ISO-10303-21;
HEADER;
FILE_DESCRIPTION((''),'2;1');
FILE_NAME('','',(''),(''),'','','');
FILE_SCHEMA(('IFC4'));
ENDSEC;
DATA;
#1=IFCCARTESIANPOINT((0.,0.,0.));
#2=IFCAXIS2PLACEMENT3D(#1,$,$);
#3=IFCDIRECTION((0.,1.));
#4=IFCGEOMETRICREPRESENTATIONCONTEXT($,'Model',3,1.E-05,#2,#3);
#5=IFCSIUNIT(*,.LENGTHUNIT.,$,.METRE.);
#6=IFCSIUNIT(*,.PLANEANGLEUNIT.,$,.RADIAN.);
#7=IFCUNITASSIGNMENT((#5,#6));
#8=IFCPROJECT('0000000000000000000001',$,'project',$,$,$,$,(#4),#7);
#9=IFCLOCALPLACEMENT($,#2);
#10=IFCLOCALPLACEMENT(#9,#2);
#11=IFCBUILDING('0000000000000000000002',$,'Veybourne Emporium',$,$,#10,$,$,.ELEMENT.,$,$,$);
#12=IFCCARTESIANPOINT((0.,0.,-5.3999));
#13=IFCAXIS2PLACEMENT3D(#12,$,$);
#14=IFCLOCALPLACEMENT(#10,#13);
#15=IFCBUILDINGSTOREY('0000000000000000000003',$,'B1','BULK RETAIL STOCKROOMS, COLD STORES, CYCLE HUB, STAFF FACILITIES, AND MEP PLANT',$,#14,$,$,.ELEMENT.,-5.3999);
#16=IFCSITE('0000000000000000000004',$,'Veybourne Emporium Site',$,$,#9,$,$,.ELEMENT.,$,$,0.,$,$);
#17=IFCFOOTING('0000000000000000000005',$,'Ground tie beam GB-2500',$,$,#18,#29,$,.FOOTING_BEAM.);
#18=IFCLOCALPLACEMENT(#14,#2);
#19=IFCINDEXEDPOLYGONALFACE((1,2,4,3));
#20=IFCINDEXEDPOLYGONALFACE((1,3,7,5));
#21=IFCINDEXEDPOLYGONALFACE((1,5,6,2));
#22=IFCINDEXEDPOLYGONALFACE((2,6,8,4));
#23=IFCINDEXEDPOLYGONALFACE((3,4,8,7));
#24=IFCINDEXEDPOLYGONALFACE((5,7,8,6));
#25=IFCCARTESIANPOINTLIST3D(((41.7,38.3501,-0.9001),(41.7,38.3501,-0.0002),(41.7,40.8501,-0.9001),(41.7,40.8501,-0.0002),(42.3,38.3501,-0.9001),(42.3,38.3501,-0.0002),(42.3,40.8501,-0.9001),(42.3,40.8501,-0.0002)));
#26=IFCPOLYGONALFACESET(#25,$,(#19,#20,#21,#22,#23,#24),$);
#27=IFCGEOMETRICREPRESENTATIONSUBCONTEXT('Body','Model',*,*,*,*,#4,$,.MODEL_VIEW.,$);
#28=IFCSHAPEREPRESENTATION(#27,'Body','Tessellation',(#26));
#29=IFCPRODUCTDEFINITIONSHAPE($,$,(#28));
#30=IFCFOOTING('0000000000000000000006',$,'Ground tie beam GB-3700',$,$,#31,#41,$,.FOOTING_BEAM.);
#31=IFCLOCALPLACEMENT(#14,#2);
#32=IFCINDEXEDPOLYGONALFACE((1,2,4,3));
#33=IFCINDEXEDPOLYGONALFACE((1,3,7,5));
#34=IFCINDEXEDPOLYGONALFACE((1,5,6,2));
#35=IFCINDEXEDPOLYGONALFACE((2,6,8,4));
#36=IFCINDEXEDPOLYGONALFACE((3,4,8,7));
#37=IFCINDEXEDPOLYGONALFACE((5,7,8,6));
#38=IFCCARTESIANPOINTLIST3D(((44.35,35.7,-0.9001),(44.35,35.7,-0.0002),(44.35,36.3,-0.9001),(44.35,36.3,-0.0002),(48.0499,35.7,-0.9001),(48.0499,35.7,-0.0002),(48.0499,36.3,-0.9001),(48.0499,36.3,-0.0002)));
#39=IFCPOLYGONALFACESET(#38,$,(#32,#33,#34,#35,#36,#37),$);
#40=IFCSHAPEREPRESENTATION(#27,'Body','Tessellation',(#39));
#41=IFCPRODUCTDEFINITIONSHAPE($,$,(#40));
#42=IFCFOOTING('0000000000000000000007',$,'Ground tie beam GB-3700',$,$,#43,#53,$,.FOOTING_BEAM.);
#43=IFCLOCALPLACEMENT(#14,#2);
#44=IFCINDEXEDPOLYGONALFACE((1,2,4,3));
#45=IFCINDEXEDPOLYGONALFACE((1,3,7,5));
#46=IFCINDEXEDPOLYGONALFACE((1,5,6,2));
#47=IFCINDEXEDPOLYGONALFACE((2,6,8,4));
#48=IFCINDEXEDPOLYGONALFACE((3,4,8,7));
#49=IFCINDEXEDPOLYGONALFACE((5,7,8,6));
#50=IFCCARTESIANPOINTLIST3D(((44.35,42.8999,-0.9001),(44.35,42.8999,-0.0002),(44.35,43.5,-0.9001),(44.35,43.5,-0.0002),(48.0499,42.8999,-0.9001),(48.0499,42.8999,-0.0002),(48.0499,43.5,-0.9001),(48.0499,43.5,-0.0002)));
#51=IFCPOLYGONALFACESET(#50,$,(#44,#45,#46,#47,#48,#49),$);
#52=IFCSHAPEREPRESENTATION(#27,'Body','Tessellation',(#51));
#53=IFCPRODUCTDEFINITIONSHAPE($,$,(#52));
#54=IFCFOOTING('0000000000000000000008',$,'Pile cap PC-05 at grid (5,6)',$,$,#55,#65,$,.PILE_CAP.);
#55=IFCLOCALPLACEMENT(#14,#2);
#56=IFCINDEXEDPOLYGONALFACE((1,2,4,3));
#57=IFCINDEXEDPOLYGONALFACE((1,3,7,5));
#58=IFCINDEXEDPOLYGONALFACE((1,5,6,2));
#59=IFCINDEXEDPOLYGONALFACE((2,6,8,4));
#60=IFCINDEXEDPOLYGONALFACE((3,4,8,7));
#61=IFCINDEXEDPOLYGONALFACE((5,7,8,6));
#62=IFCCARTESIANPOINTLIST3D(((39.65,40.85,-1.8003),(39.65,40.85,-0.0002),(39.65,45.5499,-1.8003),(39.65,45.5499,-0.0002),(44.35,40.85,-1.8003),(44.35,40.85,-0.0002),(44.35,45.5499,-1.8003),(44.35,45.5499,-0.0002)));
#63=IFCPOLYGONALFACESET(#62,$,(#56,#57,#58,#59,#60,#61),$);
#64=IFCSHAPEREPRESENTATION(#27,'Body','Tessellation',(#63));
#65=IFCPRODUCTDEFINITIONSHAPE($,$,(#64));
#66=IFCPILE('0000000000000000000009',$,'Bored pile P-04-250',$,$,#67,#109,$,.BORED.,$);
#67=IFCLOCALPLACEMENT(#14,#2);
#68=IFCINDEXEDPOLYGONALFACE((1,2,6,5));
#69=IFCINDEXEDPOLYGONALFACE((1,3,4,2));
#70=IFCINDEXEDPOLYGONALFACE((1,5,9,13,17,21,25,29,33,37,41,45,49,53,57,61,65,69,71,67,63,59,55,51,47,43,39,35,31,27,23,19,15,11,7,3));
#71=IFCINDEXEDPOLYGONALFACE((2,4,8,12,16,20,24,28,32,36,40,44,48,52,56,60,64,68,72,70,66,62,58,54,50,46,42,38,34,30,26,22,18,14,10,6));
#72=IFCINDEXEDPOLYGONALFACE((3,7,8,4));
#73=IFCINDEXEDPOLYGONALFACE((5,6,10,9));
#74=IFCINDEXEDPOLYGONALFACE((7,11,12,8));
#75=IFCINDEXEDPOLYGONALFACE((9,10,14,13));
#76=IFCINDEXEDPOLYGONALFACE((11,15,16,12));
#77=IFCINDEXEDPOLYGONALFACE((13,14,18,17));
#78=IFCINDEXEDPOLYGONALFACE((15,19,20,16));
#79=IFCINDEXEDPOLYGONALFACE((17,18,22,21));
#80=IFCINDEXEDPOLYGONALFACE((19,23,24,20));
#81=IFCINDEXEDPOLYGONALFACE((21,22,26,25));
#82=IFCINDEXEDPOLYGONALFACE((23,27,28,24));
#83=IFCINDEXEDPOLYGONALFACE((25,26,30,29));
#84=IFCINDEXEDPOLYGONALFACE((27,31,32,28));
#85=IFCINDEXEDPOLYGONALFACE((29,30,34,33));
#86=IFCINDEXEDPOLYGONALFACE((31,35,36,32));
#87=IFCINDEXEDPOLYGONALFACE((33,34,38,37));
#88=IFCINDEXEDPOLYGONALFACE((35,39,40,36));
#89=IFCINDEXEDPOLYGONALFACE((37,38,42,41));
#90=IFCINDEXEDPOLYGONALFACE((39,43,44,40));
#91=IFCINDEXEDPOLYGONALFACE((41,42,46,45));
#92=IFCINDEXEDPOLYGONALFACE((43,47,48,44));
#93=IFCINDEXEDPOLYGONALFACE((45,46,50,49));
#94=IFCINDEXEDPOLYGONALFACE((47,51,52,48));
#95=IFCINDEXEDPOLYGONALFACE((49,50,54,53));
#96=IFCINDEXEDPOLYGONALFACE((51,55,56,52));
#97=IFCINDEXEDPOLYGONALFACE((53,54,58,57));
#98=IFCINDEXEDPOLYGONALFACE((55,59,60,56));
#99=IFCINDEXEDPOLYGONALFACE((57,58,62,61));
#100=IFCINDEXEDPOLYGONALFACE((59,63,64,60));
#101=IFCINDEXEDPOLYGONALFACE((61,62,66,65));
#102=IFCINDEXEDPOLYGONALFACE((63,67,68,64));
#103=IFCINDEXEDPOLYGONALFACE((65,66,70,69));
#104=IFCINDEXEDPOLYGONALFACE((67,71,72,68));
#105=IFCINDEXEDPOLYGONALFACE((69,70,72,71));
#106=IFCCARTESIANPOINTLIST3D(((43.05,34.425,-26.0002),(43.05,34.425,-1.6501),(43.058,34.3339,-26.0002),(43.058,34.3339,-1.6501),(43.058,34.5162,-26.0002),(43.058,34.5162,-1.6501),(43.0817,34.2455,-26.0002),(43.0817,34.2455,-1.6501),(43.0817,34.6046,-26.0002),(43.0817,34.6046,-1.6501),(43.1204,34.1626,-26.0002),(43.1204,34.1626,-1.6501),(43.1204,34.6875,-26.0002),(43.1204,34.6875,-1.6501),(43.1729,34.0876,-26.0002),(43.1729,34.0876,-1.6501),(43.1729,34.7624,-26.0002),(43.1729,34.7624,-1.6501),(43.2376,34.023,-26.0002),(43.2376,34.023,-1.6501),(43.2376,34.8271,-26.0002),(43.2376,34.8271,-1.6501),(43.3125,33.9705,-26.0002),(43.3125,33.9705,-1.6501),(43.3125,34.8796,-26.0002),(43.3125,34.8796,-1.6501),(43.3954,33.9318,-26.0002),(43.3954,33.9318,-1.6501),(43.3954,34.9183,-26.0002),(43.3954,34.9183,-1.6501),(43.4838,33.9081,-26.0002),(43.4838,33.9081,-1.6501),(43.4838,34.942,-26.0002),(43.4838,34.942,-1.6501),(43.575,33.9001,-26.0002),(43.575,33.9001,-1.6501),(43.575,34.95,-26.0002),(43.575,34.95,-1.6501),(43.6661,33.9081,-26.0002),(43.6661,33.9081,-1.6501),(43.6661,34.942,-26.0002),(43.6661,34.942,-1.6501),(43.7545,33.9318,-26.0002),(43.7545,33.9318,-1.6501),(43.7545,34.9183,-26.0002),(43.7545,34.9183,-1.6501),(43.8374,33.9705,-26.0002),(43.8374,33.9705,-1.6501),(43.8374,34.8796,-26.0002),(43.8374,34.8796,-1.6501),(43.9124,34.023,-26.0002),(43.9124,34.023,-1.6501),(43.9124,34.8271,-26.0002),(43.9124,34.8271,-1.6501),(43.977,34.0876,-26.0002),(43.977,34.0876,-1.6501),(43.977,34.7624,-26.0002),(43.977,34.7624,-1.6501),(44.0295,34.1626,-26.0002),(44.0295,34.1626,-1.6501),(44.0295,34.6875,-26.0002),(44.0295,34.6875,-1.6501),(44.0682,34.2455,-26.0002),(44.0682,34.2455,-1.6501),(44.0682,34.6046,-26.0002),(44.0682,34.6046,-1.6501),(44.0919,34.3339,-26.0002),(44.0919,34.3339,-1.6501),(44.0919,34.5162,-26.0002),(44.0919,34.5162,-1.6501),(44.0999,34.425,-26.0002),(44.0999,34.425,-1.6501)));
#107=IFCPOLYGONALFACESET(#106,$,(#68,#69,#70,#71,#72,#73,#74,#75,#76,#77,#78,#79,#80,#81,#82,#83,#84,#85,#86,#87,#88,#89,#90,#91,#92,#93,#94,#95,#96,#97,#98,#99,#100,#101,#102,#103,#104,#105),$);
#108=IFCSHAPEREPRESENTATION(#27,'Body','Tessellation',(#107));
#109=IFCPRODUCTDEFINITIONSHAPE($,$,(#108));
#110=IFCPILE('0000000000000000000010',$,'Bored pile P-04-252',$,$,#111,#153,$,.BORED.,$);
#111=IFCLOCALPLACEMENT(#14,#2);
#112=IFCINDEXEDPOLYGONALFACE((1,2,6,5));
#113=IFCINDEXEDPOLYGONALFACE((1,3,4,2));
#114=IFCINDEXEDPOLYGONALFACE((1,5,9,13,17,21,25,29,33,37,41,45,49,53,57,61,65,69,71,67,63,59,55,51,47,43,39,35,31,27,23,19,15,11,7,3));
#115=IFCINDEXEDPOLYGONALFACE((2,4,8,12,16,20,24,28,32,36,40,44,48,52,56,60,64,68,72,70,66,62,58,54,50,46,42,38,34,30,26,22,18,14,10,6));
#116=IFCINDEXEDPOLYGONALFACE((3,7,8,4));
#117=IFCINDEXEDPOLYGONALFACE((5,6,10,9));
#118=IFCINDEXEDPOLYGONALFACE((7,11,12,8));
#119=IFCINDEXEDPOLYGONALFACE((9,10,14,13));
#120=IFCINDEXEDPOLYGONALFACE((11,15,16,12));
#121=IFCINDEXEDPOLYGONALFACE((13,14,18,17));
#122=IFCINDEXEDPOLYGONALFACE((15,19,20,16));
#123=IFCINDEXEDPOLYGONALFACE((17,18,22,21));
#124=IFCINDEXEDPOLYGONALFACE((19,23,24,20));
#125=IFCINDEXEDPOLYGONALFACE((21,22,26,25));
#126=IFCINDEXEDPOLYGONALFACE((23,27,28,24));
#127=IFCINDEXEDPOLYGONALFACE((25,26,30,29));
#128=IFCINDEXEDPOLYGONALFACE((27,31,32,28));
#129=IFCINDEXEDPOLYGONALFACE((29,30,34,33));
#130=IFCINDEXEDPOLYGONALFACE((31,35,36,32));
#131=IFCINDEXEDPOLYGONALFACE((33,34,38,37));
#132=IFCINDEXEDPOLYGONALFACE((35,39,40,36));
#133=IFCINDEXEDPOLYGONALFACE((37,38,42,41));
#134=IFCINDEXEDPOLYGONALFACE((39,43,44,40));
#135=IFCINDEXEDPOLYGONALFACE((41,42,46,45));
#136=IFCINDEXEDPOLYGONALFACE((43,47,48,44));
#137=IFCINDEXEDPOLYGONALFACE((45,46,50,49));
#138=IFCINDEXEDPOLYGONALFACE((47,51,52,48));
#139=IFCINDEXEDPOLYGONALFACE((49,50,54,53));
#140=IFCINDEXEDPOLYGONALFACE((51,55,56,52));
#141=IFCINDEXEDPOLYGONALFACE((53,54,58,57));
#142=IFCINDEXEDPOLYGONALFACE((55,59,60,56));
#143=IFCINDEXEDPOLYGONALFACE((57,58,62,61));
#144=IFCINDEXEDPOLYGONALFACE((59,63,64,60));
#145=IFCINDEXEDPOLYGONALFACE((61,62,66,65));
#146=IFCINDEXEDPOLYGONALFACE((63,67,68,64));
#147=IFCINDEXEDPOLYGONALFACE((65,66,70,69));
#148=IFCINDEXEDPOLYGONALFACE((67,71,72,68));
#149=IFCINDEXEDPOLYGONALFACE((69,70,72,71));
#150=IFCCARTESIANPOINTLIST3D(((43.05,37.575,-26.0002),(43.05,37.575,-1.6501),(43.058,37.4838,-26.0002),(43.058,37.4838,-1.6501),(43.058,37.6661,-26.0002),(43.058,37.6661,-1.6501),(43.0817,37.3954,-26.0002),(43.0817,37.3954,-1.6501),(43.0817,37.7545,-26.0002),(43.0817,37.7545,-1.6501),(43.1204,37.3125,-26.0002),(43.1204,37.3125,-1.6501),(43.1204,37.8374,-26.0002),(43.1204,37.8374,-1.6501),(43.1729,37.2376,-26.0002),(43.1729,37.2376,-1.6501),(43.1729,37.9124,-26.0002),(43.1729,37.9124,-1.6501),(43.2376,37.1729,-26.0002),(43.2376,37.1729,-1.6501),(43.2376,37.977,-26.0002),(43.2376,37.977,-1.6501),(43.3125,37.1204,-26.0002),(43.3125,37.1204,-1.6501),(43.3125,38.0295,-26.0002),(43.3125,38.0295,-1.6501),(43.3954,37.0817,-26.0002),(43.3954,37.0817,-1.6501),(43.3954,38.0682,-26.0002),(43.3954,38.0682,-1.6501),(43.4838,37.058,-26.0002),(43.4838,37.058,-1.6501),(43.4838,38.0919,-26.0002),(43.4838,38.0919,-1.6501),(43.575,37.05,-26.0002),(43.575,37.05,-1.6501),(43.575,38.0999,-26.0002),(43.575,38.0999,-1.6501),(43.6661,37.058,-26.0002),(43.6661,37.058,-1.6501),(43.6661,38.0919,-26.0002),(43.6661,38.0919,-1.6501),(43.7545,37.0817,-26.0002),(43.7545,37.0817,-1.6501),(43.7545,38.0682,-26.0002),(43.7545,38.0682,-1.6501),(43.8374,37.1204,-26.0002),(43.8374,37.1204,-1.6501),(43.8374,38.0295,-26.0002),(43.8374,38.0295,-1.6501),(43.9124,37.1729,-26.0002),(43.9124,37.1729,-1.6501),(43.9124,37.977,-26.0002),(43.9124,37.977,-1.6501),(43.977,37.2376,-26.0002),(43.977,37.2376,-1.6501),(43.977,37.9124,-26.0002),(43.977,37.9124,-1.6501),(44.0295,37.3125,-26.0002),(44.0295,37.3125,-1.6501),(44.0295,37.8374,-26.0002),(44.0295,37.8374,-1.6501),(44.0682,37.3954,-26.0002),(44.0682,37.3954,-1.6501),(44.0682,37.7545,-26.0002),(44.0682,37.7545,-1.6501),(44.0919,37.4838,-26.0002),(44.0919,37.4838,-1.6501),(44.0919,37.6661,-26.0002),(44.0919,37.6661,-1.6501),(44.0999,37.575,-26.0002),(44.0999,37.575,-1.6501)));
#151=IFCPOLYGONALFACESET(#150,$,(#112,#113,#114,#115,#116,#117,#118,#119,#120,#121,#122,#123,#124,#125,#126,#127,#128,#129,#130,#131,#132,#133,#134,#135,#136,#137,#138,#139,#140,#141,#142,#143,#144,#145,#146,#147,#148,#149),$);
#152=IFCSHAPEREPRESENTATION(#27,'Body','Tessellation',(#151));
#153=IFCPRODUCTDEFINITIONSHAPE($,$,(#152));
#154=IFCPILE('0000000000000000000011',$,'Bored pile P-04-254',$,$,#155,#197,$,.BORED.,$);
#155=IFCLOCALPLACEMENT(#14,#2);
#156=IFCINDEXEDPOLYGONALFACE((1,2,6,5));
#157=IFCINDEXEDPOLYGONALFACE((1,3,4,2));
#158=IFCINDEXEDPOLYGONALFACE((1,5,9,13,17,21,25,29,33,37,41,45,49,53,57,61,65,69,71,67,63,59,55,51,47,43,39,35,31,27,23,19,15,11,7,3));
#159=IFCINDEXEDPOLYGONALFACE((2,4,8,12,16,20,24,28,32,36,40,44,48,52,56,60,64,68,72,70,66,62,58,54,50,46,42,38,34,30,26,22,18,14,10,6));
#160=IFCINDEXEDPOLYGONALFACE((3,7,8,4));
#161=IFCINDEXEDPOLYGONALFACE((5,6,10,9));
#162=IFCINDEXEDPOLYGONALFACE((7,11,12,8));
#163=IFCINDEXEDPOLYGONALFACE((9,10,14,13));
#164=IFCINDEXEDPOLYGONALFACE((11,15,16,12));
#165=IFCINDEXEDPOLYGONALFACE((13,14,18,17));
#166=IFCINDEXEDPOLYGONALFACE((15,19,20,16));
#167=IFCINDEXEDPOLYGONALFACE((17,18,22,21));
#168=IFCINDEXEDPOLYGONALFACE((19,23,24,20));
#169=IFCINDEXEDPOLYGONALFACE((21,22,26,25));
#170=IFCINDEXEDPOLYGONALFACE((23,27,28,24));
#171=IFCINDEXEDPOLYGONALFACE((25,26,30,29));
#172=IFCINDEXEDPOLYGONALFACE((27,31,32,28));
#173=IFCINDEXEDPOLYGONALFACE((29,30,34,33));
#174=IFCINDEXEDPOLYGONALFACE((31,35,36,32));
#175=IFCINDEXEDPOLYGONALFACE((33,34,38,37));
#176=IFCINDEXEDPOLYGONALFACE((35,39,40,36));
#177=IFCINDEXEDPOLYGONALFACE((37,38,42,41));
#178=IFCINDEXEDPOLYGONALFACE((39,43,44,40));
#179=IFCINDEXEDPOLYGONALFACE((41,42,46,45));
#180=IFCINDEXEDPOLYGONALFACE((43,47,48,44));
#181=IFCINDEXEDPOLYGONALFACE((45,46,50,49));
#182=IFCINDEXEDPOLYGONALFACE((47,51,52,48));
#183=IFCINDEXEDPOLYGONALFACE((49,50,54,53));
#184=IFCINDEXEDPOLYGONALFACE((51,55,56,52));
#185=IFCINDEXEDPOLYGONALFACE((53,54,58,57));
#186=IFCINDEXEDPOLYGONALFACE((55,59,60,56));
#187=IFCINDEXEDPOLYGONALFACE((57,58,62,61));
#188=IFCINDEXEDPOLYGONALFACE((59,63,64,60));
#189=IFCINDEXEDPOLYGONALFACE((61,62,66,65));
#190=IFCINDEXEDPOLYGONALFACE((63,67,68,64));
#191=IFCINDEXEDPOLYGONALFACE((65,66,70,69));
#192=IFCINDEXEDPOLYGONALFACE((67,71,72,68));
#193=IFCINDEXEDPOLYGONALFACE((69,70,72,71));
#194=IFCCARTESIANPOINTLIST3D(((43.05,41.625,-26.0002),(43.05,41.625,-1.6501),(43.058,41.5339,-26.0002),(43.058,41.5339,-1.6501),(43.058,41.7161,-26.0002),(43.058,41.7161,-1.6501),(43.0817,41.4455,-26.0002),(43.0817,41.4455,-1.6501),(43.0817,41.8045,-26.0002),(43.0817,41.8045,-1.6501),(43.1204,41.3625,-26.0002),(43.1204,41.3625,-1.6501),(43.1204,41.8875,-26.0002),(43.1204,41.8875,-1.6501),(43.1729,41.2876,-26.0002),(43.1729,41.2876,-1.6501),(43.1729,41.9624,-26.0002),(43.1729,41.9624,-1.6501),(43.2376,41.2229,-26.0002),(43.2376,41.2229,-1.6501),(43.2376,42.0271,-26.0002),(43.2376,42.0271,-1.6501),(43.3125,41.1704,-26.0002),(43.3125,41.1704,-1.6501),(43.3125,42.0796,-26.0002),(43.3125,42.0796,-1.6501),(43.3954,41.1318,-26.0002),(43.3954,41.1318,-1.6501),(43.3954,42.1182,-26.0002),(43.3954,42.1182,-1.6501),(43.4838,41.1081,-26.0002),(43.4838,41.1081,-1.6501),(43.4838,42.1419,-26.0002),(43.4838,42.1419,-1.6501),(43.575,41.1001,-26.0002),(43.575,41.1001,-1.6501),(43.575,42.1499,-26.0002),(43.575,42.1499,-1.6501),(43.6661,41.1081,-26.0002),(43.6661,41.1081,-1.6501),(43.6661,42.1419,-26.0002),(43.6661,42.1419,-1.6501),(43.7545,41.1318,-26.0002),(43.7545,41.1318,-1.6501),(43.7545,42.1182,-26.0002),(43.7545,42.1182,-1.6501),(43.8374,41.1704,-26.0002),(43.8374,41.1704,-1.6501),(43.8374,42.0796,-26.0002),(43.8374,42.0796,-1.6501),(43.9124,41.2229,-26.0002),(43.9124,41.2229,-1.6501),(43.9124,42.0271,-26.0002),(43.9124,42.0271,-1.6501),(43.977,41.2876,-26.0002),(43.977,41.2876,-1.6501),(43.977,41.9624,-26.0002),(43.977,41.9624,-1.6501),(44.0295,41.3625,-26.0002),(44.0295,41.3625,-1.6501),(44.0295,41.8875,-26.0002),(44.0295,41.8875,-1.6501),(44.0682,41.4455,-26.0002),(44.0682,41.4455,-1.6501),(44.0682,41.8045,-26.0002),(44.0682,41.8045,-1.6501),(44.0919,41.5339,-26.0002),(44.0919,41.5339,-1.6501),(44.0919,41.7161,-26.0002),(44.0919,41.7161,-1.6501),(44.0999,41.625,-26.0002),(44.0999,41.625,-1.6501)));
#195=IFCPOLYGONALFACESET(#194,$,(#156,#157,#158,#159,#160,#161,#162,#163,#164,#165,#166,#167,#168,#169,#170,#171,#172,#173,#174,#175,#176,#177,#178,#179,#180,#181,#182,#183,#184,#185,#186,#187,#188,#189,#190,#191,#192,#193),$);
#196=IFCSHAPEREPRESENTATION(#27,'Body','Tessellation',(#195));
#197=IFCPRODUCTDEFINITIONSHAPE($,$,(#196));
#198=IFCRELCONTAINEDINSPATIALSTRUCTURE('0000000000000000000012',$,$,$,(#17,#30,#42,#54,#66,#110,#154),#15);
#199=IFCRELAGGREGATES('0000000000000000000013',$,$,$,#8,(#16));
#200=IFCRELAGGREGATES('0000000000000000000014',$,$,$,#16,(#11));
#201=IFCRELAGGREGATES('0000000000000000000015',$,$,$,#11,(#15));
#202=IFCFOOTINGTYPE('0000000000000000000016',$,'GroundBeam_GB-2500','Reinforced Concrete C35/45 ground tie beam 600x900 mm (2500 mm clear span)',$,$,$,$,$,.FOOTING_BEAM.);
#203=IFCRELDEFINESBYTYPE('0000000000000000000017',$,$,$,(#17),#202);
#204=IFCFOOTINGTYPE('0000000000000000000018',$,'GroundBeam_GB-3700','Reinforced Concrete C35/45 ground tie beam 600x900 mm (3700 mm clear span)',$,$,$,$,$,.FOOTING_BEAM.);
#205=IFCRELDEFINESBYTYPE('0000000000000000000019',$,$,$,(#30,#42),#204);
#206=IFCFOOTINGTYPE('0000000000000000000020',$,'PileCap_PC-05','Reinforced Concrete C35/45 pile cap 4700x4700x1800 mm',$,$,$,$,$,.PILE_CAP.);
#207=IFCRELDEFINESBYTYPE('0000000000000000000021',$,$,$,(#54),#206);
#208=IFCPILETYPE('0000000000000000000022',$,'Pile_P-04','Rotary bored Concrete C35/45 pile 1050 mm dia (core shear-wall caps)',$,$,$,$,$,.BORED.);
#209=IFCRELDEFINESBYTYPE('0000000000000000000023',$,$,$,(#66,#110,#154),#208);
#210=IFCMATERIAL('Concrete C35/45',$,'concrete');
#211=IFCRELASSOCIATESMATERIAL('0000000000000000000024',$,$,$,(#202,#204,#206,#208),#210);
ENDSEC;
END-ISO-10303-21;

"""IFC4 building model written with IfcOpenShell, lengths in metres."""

from ifc_helpers import new_model, si_unit, direction, frame, origin, origin_2d, place, context, subcontext, project, spatial, rectangle, circle, extrude, material, material_profile, profile_set, type_object, element, save


model = new_model("IFC4")

# Units and contexts
model_context = context("Model", 3, precision=1e-05, world=origin(), true_north=direction((0.0, 1.0)))
body_context = subcontext(model_context, "Body", "Model", "MODEL_VIEW")
ifc_project = project(units=[si_unit("LENGTHUNIT", "METRE"), si_unit("PLANEANGLEUNIT", "RADIAN")], contexts=[model_context])

# Site, building, storey
site_placement = place(None, origin())
site = spatial("IfcSite", under=ifc_project, at=site_placement, Name="Veybourne Emporium Site", CompositionType="ELEMENT", RefElevation=0.0)
building_placement = place(site_placement, origin())
building = spatial("IfcBuilding", under=site, at=building_placement, Name="Veybourne Emporium", CompositionType="ELEMENT")
storey_placement = place(building_placement, frame((0.0, 0.0, -5.3999)))
storey = spatial("IfcBuildingStorey", under=building, at=storey_placement, Name="B1", Description="BULK RETAIL STOCKROOMS, COLD STORES, CYCLE HUB, STAFF FACILITIES, AND MEP PLANT", CompositionType="ELEMENT", Elevation=-5.3999)

# Footings
ifc_material_1 = material(Name="Concrete C35/45", Category="concrete")
footing_type_1 = type_object("IfcFootingType", Name="GroundBeam_GB-2500", Description="Reinforced Concrete C35/45 ground tie beam 600x900 mm (2500 mm clear span)", PredefinedType="FOOTING_BEAM", material=ifc_material_1)
footing_1_placement = place(storey_placement, frame((42.0, 39.6001, -0.9001), z_axis=(0.0, 0.0, 1.0), x_axis=(0.0, 1.0, 0.0)))
element("IfcFooting", 1, at=footing_1_placement, inside=storey, type_object=footing_type_1, Name="Ground tie beam GB-2500", PredefinedType="FOOTING_BEAM", context=body_context, shape_type="SweptSolid", body=[
    extrude(rectangle(XDim=2.5, YDim=0.6001, at=origin_2d()), origin(), (0.0, 0.0, 1.0), 0.8999),
])
footing_type_2 = type_object("IfcFootingType", Name="GroundBeam_GB-3700", Description="Reinforced Concrete C35/45 ground tie beam 600x900 mm (3700 mm clear span)", PredefinedType="FOOTING_BEAM", material=ifc_material_1)
for number, where, z_axis, x_axis, name in (
    (2, (46.2, 36.0, -0.9001), (0.0, 0.0, 1.0), (1.0, 0.0, 0.0), "Ground tie beam GB-3700"),
    (3, (46.2, 43.2, -0.9001), (0.0, 0.0, 1.0), (1.0, 0.0, 0.0), "Ground tie beam GB-3700"),
):
    element("IfcFooting", number, at=place(storey_placement, frame(where, z_axis=z_axis, x_axis=x_axis)), inside=storey, type_object=footing_type_2, Name=name, PredefinedType="FOOTING_BEAM", context=body_context, shape_type="SweptSolid", body=[
        extrude(rectangle(XDim=3.7, YDim=0.6001, at=origin_2d()), origin(), (0.0, 0.0, 1.0), 0.8999),
    ])
footing_type_3 = type_object("IfcFootingType", Name="PileCap_PC-05", Description="Reinforced Concrete C35/45 pile cap 4700x4700x1800 mm", PredefinedType="PILE_CAP", material=ifc_material_1)
footing_2_placement = place(storey_placement, frame((42.0, 43.2, -1.8003), z_axis=(0.0, 0.0, 1.0), x_axis=(1.0, 0.0, 0.0)))
element("IfcFooting", 4, at=footing_2_placement, inside=storey, type_object=footing_type_3, Name="Pile cap PC-05 at grid (5,6)", PredefinedType="PILE_CAP", context=body_context, shape_type="SweptSolid", body=[
    extrude(rectangle(XDim=4.7, YDim=4.7, at=origin_2d()), origin(), (0.0, 0.0, 1.0), 1.8),
])

# Piles
ifc_material_profile_1 = material_profile(ifc_material_1, circle(Radius=0.5249, at=origin_2d()), Name="BORED PILE 1050")
ifc_profile_set_1 = profile_set([ifc_material_profile_1], Name="Concrete C35/45")
pile_type = type_object("IfcPileType", Name="Pile_P-04", Description="Rotary bored Concrete C35/45 pile 1050 mm dia (core shear-wall caps)", PredefinedType="BORED", material=ifc_profile_set_1)
for number, where, z_axis, x_axis, name in (
    (5, (43.575, 34.425, -1.6501), (0.0, 0.0, -1.0), (1.0, 0.0, 0.0), "Bored pile P-04-250"),
    (6, (43.575, 37.575, -1.6501), (0.0, 0.0, -1.0), (1.0, 0.0, 0.0), "Bored pile P-04-252"),
    (7, (43.575, 41.625, -1.6501), (0.0, 0.0, -1.0), (1.0, 0.0, 0.0), "Bored pile P-04-254"),
):
    element("IfcPile", number, at=place(storey_placement, frame(where, z_axis=z_axis, x_axis=x_axis)), inside=storey, type_object=pile_type, Name=name, PredefinedType="BORED", context=body_context, shape_type="SweptSolid", body=[
        extrude(circle(Radius=0.5249, at=origin_2d()), origin(), (0.0, 0.0, 1.0), 24.3501),
    ])

save(model, "model.ifc")
